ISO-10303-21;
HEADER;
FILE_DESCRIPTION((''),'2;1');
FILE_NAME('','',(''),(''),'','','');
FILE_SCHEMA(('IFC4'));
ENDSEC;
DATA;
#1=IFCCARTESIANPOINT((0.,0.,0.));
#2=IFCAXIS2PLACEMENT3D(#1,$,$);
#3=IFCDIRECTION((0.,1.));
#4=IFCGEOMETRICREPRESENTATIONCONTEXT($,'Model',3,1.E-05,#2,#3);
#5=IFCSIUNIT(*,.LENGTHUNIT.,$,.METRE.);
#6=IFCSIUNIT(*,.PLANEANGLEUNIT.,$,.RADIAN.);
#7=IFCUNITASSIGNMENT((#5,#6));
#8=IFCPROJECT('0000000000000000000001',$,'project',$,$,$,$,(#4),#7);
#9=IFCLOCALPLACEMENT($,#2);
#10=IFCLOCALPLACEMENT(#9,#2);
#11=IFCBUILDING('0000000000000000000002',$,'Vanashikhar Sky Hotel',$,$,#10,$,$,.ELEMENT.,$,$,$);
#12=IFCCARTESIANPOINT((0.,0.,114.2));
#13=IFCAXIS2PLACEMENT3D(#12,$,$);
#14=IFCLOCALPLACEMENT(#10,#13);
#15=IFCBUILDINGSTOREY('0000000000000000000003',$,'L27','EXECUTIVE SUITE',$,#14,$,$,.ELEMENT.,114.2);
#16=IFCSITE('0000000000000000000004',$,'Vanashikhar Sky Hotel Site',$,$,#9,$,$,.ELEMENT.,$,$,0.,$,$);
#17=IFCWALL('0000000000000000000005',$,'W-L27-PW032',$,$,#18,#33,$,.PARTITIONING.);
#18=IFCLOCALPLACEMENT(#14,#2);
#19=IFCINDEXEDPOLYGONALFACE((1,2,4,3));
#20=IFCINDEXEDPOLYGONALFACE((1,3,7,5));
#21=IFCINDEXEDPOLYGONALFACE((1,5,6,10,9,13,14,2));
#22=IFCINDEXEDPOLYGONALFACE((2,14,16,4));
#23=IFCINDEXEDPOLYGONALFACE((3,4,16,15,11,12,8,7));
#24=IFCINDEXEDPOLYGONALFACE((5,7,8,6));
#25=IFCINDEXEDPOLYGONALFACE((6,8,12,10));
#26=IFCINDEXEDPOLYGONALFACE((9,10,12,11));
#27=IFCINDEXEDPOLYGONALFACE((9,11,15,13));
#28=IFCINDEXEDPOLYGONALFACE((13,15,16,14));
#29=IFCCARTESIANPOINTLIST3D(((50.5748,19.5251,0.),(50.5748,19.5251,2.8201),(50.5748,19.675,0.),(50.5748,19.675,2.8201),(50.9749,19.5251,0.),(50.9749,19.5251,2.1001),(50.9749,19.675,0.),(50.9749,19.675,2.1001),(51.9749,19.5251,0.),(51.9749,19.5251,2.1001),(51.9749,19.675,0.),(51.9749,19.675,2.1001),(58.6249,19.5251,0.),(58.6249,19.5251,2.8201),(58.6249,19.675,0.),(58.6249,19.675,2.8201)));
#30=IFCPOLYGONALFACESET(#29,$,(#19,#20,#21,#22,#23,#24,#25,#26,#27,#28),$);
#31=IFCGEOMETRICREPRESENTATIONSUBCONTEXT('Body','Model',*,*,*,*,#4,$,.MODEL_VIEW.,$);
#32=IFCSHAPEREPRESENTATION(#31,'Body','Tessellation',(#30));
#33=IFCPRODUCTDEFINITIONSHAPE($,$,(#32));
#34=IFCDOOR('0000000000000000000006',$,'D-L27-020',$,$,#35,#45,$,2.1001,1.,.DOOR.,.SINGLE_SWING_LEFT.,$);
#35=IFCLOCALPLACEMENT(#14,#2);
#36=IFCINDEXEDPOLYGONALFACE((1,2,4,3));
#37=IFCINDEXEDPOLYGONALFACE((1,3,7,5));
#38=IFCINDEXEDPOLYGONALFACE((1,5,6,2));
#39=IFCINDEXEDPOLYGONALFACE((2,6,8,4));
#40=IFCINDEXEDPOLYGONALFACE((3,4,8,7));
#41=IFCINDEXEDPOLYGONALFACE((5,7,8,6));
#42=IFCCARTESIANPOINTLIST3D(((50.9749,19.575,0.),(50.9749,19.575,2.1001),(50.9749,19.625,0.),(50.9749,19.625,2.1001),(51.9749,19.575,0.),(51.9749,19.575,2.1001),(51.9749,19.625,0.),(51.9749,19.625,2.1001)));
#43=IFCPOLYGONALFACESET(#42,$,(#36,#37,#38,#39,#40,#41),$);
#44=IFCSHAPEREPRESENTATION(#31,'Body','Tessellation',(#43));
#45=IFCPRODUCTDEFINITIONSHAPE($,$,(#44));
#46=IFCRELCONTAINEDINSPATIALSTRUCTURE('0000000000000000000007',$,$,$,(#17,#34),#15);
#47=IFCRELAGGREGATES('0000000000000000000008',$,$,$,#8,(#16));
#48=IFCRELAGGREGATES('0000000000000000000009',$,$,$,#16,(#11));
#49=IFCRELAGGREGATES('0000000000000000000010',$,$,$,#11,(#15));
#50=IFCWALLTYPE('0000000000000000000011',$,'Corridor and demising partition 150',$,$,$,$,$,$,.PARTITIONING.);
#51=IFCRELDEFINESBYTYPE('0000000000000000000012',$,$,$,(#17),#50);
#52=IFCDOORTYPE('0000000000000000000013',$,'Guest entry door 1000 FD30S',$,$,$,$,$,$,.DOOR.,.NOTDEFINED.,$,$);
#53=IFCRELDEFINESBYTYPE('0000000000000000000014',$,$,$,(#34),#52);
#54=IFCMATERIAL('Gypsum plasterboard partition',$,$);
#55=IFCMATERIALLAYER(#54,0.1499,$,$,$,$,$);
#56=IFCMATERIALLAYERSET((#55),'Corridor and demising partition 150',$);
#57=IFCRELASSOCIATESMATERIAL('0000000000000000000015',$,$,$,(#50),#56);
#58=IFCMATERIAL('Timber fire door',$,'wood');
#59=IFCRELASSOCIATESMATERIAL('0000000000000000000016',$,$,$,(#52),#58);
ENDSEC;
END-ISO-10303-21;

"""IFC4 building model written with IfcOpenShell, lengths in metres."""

from ifc_helpers import new_model, si_unit, direction, frame, frame_2d, origin, place, context, subcontext, project, spatial, rectangle, extrude, source, transform, mapped, material, layer, layer_set, type_object, element, fill, save


model = new_model("IFC4")

# Units and contexts
model_context = context("Model", 3, precision=1e-05, world=origin(), true_north=direction((0.0, 1.0)))
body_context = subcontext(model_context, "Body", "Model", "MODEL_VIEW")
ifc_project = project(units=[si_unit("LENGTHUNIT", "METRE"), si_unit("PLANEANGLEUNIT", "RADIAN")], contexts=[model_context])

# Site, building, storey
site_placement = place(None, origin())
site = spatial("IfcSite", under=ifc_project, at=site_placement, Name="Vanashikhar Sky Hotel Site", CompositionType="ELEMENT", RefElevation=0.0)
building_placement = place(site_placement, origin())
building = spatial("IfcBuilding", under=site, at=building_placement, Name="Vanashikhar Sky Hotel", CompositionType="ELEMENT")
storey_placement = place(building_placement, frame((0.0, 0.0, 114.2)))
storey = spatial("IfcBuildingStorey", under=building, at=storey_placement, Name="L27", Description="EXECUTIVE SUITE", CompositionType="ELEMENT", Elevation=114.2)

# Shared definitions
shared_shape_1 = source(origin(), body_context, "Body", "SweptSolid", [
    extrude(rectangle(XDim=1.0, YDim=2.1001, at=frame_2d((0.5, 1.05))), frame((0.0, 0.0249, 0.0), z_axis=(0.0, -1.0, 0.0), x_axis=(1.0, 0.0, 0.0)), (0.0, 0.0, 1.0), 0.05),
])

# Wall, opening, door
ifc_material_1 = material(Name="Gypsum plasterboard partition")
ifc_layer_1 = layer(ifc_material_1, 0.1499)
ifc_layer_set_1 = layer_set([ifc_layer_1], Name="Corridor and demising partition 150")
wall_type_1 = type_object("IfcWallType", Name="Corridor and demising partition 150", PredefinedType="PARTITIONING", material=ifc_layer_set_1)
shared_shape_2 = source(origin(), body_context, "Body", "SweptSolid", [
    extrude(rectangle(XDim=8.05, YDim=0.1499, at=frame_2d((4.0249, 0.0))), origin(), (0.0, 0.0, 1.0), 2.8201),
])
wall_1_placement = place(storey_placement, frame((50.575, 19.6001, 0.0), z_axis=(0.0, 0.0, 1.0), x_axis=(1.0, 0.0, 0.0)))
wall_1 = element("IfcWall", 1, at=wall_1_placement, inside=storey, type_object=wall_type_1, Name="W-L27-PW032", PredefinedType="PARTITIONING", context=body_context, shape_type="MappedRepresentation", body=[
    mapped(shared_shape_2, transform((0.0, 0.0, 0.0), scale=1.0)),
])
shared_shape_3 = source(origin(), body_context, "Body", "SweptSolid", [
    extrude(rectangle(XDim=1.0, YDim=2.1001, at=frame_2d((0.5, 1.05))), frame((0.0, 0.085, 0.0), z_axis=(0.0, -1.0, 0.0), x_axis=(1.0, 0.0, 0.0)), (0.0, 0.0, 1.0), 0.1699),
])
opening_1_placement = place(wall_1_placement, frame((0.3999, 0.0, 0.0)))
opening_1 = element("IfcOpeningElement", 2, at=opening_1_placement, cuts=wall_1, PredefinedType="OPENING", context=body_context, shape_type="MappedRepresentation", body=[
    mapped(shared_shape_3, transform((0.0, 0.0, 0.0), scale=1.0)),
])
ifc_material_2 = material(Name="Timber fire door", Category="wood")
door_type_1 = type_object("IfcDoorType", Name="Guest entry door 1000 FD30S", OperationType="NOTDEFINED", PredefinedType="DOOR", material=ifc_material_2)
door_1_placement = place(opening_1_placement, origin())
door_1 = element("IfcDoor", 3, at=door_1_placement, inside=storey, type_object=door_type_1, Name="D-L27-020", OperationType="SINGLE_SWING_LEFT", OverallHeight=2.1001, OverallWidth=1.0, PredefinedType="DOOR", context=body_context, shape_type="MappedRepresentation", body=[
    mapped(shared_shape_1, transform((0.0, 0.0, 0.0), scale=1.0)),
])
fill(opening_1, door_1)

save(model, "model.ifc")
